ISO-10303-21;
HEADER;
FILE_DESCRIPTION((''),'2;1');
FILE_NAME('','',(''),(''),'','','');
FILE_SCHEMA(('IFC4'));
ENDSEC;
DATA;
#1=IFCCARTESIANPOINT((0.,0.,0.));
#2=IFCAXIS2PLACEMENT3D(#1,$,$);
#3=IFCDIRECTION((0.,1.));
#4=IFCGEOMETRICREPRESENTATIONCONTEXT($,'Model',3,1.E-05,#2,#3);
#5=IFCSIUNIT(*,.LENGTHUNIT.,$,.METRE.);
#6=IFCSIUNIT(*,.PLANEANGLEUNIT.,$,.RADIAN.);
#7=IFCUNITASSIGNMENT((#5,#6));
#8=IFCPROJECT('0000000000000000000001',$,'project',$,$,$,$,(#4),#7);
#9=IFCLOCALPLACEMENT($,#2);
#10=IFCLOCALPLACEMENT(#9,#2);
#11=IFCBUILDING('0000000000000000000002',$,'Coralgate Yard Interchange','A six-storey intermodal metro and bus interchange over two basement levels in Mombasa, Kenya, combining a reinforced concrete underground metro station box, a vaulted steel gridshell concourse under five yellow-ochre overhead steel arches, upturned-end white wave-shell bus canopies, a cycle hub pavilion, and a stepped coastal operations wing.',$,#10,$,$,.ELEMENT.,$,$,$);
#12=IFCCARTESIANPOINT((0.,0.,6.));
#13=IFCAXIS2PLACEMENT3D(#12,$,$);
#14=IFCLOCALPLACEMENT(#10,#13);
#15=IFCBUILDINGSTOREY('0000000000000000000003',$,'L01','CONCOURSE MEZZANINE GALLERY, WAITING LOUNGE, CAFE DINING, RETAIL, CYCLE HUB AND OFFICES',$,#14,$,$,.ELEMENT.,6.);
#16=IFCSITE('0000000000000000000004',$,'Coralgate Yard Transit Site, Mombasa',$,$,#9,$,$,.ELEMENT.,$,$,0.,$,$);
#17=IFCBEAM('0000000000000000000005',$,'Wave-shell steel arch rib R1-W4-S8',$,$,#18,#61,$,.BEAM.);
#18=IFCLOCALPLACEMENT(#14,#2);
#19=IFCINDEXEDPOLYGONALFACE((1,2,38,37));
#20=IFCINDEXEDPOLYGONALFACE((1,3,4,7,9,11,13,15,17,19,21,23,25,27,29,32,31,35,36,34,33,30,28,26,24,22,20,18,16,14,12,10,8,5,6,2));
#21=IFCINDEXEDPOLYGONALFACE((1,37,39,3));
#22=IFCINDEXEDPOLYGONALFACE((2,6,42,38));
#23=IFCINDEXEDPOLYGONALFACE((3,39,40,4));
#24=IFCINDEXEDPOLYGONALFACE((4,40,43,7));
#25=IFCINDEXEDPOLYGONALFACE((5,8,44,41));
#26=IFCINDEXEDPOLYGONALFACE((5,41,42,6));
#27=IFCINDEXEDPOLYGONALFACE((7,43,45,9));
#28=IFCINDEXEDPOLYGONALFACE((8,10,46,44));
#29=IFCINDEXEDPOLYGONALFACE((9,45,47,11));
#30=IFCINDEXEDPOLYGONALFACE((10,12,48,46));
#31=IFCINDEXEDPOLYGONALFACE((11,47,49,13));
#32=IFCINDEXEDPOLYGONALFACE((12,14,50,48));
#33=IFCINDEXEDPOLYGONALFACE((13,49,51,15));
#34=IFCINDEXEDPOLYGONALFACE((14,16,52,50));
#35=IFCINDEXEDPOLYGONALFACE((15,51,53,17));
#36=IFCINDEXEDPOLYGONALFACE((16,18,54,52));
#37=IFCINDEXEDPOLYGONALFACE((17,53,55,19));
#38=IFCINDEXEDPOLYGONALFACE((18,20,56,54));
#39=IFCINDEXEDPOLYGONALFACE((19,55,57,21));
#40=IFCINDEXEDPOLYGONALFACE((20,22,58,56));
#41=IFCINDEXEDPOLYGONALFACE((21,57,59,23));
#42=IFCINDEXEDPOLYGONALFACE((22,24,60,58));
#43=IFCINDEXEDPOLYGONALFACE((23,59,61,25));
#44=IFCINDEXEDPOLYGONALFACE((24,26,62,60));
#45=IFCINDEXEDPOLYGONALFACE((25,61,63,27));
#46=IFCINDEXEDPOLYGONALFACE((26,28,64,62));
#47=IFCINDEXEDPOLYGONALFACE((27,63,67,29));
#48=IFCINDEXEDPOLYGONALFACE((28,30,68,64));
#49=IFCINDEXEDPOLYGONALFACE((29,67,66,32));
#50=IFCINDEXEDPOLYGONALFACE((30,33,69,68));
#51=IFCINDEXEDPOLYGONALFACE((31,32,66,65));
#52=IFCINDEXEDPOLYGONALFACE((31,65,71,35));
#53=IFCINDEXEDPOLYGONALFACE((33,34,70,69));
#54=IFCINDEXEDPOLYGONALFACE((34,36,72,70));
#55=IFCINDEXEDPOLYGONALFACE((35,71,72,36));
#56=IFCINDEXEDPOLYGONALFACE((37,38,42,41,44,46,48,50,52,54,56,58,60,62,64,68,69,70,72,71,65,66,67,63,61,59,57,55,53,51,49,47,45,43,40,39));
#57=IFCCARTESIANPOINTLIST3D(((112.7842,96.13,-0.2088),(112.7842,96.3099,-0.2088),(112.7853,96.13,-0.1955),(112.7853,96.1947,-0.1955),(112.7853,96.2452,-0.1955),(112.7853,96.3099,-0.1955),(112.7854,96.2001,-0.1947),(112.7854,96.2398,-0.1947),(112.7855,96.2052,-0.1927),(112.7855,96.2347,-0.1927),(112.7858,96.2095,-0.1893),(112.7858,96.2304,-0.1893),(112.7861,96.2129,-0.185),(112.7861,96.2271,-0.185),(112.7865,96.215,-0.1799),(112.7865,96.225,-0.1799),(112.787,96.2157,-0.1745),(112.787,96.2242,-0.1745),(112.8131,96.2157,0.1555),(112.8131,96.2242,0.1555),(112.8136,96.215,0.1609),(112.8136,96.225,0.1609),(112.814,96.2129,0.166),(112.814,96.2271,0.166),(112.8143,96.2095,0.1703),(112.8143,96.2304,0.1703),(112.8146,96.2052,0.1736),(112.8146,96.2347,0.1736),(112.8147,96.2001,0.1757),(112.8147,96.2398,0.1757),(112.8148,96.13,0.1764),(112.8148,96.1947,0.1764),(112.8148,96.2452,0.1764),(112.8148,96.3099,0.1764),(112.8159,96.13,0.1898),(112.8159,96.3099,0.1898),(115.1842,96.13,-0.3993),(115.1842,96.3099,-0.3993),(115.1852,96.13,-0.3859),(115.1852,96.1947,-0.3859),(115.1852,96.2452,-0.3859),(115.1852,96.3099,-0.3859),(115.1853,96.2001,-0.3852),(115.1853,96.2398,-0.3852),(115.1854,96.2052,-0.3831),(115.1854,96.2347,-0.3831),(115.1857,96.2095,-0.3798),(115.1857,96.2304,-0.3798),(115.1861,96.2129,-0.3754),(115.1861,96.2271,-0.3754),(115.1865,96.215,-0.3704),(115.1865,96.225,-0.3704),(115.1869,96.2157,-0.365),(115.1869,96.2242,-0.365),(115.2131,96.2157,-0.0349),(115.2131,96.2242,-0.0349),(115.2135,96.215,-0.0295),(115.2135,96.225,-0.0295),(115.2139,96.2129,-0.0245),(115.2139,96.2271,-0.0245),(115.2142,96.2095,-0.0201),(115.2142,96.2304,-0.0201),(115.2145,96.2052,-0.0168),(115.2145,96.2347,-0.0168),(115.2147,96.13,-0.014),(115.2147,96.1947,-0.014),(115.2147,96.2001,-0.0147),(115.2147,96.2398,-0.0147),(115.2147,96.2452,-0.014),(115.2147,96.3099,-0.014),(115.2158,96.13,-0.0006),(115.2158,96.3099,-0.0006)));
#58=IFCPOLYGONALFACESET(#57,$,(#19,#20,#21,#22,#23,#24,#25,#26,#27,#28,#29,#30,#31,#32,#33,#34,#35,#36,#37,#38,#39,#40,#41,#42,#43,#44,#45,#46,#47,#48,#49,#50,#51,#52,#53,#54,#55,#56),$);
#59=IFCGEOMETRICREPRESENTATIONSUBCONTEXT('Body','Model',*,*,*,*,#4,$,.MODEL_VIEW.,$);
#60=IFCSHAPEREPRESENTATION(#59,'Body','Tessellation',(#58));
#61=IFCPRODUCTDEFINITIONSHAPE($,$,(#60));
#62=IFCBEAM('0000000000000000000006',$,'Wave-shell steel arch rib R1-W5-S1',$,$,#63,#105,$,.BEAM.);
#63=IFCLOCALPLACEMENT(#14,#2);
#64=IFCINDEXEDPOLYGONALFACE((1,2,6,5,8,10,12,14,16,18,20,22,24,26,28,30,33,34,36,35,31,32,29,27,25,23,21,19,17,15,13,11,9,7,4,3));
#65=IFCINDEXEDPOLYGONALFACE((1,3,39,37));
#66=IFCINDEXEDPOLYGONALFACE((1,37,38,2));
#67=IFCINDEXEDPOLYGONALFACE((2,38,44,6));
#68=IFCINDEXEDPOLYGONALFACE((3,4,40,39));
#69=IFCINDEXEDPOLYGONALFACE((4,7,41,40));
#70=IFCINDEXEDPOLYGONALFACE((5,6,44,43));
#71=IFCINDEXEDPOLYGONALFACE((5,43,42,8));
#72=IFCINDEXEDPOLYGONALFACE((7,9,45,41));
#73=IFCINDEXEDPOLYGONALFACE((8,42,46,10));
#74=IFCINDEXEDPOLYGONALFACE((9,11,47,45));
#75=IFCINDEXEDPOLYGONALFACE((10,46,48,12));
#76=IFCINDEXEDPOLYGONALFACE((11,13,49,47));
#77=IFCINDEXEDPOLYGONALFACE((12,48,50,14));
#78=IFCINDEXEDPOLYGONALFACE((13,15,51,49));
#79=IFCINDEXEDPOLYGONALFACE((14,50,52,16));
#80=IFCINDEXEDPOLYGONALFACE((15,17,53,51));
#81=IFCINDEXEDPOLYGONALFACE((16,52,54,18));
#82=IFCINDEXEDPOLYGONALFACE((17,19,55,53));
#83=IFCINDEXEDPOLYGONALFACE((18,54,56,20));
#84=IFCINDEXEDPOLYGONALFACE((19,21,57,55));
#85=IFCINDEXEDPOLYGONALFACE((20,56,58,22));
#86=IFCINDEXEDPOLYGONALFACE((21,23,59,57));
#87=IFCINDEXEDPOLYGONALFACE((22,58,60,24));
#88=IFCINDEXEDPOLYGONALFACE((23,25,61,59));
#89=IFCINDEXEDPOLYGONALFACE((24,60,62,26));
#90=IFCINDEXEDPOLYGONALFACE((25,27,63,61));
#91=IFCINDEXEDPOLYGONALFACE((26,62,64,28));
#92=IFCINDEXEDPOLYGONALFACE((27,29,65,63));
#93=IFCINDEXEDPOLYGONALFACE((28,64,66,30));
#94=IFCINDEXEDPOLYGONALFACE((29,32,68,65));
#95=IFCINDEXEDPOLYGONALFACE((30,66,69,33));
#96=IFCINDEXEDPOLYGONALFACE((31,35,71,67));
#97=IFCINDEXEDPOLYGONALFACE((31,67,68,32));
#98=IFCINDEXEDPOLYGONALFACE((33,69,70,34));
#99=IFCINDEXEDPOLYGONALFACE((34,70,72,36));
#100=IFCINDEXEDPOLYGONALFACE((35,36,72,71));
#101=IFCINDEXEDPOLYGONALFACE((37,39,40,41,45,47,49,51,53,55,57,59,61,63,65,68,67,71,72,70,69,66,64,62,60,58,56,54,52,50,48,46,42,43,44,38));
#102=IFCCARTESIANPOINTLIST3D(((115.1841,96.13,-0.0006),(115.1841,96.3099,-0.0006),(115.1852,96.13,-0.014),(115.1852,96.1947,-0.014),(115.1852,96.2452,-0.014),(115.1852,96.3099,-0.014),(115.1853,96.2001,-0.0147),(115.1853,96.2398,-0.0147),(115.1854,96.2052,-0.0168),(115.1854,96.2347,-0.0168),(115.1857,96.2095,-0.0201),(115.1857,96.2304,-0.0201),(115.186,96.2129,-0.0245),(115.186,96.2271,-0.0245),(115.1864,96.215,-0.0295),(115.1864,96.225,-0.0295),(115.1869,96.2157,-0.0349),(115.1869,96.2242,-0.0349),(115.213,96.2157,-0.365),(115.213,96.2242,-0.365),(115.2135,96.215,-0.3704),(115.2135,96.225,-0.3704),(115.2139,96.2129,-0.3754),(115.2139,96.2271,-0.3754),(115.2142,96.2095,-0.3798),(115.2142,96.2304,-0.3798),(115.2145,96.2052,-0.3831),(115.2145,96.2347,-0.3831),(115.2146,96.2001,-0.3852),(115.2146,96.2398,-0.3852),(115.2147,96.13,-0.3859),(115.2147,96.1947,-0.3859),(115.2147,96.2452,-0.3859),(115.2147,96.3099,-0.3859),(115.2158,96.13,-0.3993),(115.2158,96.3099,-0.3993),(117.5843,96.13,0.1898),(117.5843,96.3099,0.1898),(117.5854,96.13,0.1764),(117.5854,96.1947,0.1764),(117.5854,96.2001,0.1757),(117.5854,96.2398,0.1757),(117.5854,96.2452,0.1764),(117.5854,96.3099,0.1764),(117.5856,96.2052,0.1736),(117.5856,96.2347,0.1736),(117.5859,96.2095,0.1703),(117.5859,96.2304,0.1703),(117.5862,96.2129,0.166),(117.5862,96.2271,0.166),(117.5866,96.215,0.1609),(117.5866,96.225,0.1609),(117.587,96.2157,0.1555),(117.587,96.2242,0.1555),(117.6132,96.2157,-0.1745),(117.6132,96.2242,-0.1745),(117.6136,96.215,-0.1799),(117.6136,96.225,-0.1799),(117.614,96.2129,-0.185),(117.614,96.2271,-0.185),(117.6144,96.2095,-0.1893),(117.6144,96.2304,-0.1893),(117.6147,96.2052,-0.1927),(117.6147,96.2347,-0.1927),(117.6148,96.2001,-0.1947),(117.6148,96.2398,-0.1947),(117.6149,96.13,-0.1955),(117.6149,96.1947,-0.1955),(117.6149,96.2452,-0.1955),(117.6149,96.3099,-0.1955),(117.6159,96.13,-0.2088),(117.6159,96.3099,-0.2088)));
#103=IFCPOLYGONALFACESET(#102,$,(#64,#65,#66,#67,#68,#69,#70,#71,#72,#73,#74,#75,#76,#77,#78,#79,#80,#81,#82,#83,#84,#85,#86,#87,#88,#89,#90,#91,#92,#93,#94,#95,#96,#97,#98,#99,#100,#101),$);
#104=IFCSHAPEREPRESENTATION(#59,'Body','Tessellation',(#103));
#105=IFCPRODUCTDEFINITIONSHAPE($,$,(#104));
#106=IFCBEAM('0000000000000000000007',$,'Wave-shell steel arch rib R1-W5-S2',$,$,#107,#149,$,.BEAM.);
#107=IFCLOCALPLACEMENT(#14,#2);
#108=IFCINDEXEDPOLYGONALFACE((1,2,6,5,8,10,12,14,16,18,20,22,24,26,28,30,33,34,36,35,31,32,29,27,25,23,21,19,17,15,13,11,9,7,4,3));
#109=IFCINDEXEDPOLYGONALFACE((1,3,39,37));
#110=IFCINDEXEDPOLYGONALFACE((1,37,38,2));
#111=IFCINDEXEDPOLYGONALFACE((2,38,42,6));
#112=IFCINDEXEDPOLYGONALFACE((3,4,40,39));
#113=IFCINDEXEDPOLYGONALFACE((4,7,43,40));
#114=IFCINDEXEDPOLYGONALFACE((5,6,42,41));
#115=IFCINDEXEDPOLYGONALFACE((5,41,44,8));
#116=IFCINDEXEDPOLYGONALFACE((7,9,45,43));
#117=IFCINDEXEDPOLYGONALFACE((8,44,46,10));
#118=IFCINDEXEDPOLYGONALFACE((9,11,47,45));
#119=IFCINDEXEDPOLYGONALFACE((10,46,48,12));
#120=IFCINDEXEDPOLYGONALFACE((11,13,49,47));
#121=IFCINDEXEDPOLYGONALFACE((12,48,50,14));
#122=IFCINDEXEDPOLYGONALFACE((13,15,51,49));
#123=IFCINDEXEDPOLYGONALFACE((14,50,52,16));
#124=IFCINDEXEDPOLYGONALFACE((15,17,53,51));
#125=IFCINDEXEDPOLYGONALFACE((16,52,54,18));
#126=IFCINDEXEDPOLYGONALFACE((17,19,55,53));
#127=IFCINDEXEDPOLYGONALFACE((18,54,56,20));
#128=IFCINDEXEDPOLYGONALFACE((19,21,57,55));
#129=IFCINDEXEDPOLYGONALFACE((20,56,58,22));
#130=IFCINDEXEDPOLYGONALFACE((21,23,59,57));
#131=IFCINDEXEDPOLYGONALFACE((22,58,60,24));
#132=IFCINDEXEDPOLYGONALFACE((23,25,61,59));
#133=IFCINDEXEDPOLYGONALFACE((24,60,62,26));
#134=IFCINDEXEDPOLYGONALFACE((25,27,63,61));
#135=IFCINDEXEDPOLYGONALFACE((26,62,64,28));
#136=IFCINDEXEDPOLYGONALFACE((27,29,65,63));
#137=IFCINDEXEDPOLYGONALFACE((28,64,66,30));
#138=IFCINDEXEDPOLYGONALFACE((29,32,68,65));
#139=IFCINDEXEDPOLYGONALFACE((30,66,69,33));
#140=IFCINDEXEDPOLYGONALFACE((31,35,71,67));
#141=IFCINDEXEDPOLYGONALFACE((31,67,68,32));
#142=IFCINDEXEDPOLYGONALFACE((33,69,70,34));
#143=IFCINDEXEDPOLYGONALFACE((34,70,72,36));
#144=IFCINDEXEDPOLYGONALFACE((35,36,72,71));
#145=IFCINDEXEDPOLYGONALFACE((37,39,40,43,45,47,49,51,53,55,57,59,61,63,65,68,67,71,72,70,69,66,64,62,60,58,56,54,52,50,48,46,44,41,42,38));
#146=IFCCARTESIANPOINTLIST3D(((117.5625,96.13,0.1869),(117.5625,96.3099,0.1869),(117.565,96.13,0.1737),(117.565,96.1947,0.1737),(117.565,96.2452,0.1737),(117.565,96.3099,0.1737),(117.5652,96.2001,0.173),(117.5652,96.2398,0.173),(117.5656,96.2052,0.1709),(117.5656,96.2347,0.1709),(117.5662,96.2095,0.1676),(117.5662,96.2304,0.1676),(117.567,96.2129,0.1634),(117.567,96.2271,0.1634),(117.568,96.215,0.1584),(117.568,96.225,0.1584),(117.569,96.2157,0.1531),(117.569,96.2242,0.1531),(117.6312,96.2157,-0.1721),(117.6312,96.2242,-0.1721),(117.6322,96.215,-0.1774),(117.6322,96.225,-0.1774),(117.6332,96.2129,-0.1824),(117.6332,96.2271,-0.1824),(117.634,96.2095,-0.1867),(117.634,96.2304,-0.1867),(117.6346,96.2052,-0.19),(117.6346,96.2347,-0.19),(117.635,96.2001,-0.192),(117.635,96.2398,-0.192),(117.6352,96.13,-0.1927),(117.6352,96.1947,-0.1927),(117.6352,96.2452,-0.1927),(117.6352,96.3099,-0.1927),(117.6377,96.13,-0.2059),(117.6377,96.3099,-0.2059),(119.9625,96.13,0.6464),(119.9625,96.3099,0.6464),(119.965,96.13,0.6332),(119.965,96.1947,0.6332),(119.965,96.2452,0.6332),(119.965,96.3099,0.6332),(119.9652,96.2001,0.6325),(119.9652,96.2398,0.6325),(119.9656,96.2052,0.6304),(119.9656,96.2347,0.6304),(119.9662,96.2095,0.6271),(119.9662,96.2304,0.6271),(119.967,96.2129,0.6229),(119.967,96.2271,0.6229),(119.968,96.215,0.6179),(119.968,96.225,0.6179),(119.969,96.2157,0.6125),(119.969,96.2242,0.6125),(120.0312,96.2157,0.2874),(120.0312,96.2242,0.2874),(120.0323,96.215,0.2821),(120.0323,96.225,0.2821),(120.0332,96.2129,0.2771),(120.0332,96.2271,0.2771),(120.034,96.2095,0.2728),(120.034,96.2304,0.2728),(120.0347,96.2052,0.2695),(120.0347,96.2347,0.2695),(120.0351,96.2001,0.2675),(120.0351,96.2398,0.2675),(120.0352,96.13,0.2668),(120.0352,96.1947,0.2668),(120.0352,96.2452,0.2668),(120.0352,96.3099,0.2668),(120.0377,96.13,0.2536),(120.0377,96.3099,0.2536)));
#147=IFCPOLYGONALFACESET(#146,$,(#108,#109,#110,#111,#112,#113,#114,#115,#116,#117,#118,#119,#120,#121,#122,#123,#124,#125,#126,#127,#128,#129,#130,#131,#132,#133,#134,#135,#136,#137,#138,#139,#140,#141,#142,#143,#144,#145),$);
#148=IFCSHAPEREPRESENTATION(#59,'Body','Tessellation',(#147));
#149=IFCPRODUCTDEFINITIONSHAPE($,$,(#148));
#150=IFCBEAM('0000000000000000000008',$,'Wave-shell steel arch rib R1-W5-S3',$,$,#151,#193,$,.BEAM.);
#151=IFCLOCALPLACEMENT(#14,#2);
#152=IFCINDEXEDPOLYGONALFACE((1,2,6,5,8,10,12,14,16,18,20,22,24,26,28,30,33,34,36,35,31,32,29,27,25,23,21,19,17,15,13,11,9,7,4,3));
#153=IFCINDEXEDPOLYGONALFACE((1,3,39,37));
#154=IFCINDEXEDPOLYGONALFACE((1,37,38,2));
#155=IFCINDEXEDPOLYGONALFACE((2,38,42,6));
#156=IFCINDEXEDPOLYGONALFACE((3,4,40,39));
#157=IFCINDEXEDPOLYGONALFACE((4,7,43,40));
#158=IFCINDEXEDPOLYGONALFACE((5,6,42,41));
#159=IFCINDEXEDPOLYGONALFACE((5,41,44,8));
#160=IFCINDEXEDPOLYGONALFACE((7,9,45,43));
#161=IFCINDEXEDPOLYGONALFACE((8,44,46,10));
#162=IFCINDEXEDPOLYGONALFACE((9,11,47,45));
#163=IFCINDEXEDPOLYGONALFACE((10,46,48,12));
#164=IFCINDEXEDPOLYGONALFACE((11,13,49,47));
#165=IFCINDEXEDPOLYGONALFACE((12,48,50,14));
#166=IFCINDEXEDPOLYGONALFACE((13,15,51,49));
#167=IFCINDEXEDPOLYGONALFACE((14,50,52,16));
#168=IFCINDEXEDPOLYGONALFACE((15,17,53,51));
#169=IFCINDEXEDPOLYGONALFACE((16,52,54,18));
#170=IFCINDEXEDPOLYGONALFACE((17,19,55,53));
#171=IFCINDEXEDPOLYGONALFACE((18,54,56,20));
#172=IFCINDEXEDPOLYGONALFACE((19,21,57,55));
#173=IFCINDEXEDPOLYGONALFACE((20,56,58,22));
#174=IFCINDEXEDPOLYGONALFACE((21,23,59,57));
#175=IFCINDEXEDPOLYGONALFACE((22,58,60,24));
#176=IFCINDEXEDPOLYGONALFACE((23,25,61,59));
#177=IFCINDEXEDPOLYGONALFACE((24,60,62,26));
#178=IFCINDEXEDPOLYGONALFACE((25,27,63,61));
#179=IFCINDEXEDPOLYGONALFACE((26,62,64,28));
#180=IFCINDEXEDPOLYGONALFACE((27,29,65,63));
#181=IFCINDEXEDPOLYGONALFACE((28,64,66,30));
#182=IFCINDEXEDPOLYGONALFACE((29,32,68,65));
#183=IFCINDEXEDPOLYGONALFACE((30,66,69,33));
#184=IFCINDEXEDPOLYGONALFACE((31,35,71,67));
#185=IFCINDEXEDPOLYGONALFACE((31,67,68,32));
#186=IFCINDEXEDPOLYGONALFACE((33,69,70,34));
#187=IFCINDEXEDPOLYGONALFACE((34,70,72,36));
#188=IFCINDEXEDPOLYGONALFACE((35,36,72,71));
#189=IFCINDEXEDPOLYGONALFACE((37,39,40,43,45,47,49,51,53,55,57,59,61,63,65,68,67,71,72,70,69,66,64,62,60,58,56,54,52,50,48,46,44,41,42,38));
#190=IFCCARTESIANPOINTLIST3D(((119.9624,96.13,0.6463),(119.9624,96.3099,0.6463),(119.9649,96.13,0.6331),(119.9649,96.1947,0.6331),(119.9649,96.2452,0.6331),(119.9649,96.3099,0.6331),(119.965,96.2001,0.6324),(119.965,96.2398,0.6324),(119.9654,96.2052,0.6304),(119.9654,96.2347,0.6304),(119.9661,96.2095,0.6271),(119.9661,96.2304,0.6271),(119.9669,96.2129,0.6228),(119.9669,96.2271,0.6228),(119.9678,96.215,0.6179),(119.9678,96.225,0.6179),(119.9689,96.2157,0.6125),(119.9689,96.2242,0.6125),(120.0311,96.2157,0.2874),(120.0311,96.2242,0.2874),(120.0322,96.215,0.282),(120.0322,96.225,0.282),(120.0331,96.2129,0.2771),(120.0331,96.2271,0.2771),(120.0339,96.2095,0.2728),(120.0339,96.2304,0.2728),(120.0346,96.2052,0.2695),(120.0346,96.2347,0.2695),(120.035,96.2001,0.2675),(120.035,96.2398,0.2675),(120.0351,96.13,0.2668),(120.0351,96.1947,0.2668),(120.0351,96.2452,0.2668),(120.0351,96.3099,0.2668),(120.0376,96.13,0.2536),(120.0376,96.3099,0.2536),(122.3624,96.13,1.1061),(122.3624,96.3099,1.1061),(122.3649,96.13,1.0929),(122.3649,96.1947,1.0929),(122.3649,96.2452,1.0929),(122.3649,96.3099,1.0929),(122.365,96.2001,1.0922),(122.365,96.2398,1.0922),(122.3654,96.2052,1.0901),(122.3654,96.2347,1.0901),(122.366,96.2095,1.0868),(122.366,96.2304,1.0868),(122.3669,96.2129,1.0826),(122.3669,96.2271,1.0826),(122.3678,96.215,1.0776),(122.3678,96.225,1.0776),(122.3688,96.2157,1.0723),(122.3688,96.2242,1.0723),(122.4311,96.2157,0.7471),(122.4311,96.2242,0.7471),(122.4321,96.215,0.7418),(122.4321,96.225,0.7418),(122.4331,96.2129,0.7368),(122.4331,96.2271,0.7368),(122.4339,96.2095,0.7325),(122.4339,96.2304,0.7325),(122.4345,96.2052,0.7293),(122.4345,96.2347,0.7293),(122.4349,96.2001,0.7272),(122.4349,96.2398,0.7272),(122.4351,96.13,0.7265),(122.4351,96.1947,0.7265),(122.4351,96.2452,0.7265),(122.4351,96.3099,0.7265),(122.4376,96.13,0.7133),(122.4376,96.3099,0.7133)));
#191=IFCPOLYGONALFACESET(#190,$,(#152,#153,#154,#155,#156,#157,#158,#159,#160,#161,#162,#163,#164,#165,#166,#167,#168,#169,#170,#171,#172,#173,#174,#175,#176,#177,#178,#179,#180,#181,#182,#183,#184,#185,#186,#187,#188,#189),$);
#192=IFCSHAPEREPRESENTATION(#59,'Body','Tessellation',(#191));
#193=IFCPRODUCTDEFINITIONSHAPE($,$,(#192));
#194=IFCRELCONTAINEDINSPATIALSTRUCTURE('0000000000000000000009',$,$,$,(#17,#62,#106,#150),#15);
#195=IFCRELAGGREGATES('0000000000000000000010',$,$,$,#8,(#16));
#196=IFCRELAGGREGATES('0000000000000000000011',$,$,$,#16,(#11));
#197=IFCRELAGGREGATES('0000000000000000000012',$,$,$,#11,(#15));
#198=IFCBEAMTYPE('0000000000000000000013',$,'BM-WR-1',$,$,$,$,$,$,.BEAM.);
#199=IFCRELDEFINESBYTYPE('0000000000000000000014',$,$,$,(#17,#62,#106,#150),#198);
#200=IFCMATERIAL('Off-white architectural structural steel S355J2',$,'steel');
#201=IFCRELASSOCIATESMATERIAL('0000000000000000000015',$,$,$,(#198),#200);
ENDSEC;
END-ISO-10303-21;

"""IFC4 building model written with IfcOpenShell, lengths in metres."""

from ifc_helpers import new_model, si_unit, direction, frame, origin, origin_2d, place, context, subcontext, project, spatial, i_section, extrude, material, material_profile, profile_set, type_object, element, save


model = new_model("IFC4")

# Units and contexts
model_context = context("Model", 3, precision=1e-05, world=origin(), true_north=direction((0.0, 1.0)))
body_context = subcontext(model_context, "Body", "Model", "MODEL_VIEW")
ifc_project = project(units=[si_unit("LENGTHUNIT", "METRE"), si_unit("PLANEANGLEUNIT", "RADIAN")], contexts=[model_context])

# Site, building, storey
site_placement = place(None, origin())
site = spatial("IfcSite", under=ifc_project, at=site_placement, Name="Coralgate Yard Transit Site, Mombasa", CompositionType="ELEMENT", RefElevation=0.0)
building_placement = place(site_placement, origin())
building = spatial("IfcBuilding", under=site, at=building_placement, Name="Coralgate Yard Interchange", Description="A six-storey intermodal metro and bus interchange over two basement levels in Mombasa, Kenya, combining a reinforced concrete underground metro station box, a vaulted steel gridshell concourse under five yellow-ochre overhead steel arches, upturned-end white wave-shell bus canopies, a cycle hub pavilion, and a stepped coastal operations wing.", CompositionType="ELEMENT")
storey_placement = place(building_placement, frame((0.0, 0.0, 6.0)))
storey = spatial("IfcBuildingStorey", under=building, at=storey_placement, Name="L01", Description="CONCOURSE MEZZANINE GALLERY, WAITING LOUNGE, CAFE DINING, RETAIL, CYCLE HUB AND OFFICES", CompositionType="ELEMENT", Elevation=6.0)

# Beams
ifc_material_1 = material(Name="Off-white architectural structural steel S355J2", Category="steel")
ifc_material_profile_1 = material_profile(ifc_material_1, i_section(OverallWidth=0.1799, OverallDepth=0.3999, WebThickness=0.0085, FlangeThickness=0.0134, FilletRadius=0.021, at=origin_2d()), Name="IPE 400")
ifc_profile_set_1 = profile_set([ifc_material_profile_1], Name="Off-white architectural structural steel S355J2")
beam_type_1 = type_object("IfcBeamType", Name="BM-WR-1", PredefinedType="BEAM", material=ifc_profile_set_1)
beam_1_placement = place(storey_placement, frame((112.8, 96.22, -0.0095), z_axis=(0.996867, 0.0, -0.0791), x_axis=(0.0, 1.0, 0.0)))
element("IfcBeam", 1, at=beam_1_placement, inside=storey, type_object=beam_type_1, Name="Wave-shell steel arch rib R1-W4-S8", PredefinedType="BEAM", context=body_context, shape_type="SweptSolid", body=[
    extrude(i_section(OverallWidth=0.1799, OverallDepth=0.3999, WebThickness=0.0085, FlangeThickness=0.0134, FilletRadius=0.021, at=origin_2d()), origin(), (0.0, 0.0, 1.0), 2.4075),
])
beam_2_placement = place(storey_placement, frame((115.2, 96.22, -0.2), z_axis=(0.996867, 0.0, 0.079092), x_axis=(0.0, 1.0, 0.0)))
element("IfcBeam", 2, at=beam_2_placement, inside=storey, type_object=beam_type_1, Name="Wave-shell steel arch rib R1-W5-S1", PredefinedType="BEAM", context=body_context, shape_type="SweptSolid", body=[
    extrude(i_section(OverallWidth=0.1799, OverallDepth=0.3999, WebThickness=0.0085, FlangeThickness=0.0134, FilletRadius=0.021, at=origin_2d()), origin(), (0.0, 0.0, 1.0), 2.4077),
])
for number, where, z_axis, x_axis, name in (
    (3, (117.6001, 96.22, -0.0095), (0.982161, 0.0, 0.188039), (0.0, 1.0, 0.0), "Wave-shell steel arch rib R1-W5-S2"),
    (4, (120.0, 96.22, 0.45), (0.982143, 0.0, 0.188136), (0.0, 1.0, 0.0), "Wave-shell steel arch rib R1-W5-S3"),
):
    element("IfcBeam", number, at=place(storey_placement, frame(where, z_axis=z_axis, x_axis=x_axis)), inside=storey, type_object=beam_type_1, Name=name, PredefinedType="BEAM", context=body_context, shape_type="SweptSolid", body=[
        extrude(i_section(OverallWidth=0.1799, OverallDepth=0.3999, WebThickness=0.0085, FlangeThickness=0.0134, FilletRadius=0.021, at=origin_2d()), origin(), (0.0, 0.0, 1.0), 2.4436),
    ])

save(model, "model.ifc")
